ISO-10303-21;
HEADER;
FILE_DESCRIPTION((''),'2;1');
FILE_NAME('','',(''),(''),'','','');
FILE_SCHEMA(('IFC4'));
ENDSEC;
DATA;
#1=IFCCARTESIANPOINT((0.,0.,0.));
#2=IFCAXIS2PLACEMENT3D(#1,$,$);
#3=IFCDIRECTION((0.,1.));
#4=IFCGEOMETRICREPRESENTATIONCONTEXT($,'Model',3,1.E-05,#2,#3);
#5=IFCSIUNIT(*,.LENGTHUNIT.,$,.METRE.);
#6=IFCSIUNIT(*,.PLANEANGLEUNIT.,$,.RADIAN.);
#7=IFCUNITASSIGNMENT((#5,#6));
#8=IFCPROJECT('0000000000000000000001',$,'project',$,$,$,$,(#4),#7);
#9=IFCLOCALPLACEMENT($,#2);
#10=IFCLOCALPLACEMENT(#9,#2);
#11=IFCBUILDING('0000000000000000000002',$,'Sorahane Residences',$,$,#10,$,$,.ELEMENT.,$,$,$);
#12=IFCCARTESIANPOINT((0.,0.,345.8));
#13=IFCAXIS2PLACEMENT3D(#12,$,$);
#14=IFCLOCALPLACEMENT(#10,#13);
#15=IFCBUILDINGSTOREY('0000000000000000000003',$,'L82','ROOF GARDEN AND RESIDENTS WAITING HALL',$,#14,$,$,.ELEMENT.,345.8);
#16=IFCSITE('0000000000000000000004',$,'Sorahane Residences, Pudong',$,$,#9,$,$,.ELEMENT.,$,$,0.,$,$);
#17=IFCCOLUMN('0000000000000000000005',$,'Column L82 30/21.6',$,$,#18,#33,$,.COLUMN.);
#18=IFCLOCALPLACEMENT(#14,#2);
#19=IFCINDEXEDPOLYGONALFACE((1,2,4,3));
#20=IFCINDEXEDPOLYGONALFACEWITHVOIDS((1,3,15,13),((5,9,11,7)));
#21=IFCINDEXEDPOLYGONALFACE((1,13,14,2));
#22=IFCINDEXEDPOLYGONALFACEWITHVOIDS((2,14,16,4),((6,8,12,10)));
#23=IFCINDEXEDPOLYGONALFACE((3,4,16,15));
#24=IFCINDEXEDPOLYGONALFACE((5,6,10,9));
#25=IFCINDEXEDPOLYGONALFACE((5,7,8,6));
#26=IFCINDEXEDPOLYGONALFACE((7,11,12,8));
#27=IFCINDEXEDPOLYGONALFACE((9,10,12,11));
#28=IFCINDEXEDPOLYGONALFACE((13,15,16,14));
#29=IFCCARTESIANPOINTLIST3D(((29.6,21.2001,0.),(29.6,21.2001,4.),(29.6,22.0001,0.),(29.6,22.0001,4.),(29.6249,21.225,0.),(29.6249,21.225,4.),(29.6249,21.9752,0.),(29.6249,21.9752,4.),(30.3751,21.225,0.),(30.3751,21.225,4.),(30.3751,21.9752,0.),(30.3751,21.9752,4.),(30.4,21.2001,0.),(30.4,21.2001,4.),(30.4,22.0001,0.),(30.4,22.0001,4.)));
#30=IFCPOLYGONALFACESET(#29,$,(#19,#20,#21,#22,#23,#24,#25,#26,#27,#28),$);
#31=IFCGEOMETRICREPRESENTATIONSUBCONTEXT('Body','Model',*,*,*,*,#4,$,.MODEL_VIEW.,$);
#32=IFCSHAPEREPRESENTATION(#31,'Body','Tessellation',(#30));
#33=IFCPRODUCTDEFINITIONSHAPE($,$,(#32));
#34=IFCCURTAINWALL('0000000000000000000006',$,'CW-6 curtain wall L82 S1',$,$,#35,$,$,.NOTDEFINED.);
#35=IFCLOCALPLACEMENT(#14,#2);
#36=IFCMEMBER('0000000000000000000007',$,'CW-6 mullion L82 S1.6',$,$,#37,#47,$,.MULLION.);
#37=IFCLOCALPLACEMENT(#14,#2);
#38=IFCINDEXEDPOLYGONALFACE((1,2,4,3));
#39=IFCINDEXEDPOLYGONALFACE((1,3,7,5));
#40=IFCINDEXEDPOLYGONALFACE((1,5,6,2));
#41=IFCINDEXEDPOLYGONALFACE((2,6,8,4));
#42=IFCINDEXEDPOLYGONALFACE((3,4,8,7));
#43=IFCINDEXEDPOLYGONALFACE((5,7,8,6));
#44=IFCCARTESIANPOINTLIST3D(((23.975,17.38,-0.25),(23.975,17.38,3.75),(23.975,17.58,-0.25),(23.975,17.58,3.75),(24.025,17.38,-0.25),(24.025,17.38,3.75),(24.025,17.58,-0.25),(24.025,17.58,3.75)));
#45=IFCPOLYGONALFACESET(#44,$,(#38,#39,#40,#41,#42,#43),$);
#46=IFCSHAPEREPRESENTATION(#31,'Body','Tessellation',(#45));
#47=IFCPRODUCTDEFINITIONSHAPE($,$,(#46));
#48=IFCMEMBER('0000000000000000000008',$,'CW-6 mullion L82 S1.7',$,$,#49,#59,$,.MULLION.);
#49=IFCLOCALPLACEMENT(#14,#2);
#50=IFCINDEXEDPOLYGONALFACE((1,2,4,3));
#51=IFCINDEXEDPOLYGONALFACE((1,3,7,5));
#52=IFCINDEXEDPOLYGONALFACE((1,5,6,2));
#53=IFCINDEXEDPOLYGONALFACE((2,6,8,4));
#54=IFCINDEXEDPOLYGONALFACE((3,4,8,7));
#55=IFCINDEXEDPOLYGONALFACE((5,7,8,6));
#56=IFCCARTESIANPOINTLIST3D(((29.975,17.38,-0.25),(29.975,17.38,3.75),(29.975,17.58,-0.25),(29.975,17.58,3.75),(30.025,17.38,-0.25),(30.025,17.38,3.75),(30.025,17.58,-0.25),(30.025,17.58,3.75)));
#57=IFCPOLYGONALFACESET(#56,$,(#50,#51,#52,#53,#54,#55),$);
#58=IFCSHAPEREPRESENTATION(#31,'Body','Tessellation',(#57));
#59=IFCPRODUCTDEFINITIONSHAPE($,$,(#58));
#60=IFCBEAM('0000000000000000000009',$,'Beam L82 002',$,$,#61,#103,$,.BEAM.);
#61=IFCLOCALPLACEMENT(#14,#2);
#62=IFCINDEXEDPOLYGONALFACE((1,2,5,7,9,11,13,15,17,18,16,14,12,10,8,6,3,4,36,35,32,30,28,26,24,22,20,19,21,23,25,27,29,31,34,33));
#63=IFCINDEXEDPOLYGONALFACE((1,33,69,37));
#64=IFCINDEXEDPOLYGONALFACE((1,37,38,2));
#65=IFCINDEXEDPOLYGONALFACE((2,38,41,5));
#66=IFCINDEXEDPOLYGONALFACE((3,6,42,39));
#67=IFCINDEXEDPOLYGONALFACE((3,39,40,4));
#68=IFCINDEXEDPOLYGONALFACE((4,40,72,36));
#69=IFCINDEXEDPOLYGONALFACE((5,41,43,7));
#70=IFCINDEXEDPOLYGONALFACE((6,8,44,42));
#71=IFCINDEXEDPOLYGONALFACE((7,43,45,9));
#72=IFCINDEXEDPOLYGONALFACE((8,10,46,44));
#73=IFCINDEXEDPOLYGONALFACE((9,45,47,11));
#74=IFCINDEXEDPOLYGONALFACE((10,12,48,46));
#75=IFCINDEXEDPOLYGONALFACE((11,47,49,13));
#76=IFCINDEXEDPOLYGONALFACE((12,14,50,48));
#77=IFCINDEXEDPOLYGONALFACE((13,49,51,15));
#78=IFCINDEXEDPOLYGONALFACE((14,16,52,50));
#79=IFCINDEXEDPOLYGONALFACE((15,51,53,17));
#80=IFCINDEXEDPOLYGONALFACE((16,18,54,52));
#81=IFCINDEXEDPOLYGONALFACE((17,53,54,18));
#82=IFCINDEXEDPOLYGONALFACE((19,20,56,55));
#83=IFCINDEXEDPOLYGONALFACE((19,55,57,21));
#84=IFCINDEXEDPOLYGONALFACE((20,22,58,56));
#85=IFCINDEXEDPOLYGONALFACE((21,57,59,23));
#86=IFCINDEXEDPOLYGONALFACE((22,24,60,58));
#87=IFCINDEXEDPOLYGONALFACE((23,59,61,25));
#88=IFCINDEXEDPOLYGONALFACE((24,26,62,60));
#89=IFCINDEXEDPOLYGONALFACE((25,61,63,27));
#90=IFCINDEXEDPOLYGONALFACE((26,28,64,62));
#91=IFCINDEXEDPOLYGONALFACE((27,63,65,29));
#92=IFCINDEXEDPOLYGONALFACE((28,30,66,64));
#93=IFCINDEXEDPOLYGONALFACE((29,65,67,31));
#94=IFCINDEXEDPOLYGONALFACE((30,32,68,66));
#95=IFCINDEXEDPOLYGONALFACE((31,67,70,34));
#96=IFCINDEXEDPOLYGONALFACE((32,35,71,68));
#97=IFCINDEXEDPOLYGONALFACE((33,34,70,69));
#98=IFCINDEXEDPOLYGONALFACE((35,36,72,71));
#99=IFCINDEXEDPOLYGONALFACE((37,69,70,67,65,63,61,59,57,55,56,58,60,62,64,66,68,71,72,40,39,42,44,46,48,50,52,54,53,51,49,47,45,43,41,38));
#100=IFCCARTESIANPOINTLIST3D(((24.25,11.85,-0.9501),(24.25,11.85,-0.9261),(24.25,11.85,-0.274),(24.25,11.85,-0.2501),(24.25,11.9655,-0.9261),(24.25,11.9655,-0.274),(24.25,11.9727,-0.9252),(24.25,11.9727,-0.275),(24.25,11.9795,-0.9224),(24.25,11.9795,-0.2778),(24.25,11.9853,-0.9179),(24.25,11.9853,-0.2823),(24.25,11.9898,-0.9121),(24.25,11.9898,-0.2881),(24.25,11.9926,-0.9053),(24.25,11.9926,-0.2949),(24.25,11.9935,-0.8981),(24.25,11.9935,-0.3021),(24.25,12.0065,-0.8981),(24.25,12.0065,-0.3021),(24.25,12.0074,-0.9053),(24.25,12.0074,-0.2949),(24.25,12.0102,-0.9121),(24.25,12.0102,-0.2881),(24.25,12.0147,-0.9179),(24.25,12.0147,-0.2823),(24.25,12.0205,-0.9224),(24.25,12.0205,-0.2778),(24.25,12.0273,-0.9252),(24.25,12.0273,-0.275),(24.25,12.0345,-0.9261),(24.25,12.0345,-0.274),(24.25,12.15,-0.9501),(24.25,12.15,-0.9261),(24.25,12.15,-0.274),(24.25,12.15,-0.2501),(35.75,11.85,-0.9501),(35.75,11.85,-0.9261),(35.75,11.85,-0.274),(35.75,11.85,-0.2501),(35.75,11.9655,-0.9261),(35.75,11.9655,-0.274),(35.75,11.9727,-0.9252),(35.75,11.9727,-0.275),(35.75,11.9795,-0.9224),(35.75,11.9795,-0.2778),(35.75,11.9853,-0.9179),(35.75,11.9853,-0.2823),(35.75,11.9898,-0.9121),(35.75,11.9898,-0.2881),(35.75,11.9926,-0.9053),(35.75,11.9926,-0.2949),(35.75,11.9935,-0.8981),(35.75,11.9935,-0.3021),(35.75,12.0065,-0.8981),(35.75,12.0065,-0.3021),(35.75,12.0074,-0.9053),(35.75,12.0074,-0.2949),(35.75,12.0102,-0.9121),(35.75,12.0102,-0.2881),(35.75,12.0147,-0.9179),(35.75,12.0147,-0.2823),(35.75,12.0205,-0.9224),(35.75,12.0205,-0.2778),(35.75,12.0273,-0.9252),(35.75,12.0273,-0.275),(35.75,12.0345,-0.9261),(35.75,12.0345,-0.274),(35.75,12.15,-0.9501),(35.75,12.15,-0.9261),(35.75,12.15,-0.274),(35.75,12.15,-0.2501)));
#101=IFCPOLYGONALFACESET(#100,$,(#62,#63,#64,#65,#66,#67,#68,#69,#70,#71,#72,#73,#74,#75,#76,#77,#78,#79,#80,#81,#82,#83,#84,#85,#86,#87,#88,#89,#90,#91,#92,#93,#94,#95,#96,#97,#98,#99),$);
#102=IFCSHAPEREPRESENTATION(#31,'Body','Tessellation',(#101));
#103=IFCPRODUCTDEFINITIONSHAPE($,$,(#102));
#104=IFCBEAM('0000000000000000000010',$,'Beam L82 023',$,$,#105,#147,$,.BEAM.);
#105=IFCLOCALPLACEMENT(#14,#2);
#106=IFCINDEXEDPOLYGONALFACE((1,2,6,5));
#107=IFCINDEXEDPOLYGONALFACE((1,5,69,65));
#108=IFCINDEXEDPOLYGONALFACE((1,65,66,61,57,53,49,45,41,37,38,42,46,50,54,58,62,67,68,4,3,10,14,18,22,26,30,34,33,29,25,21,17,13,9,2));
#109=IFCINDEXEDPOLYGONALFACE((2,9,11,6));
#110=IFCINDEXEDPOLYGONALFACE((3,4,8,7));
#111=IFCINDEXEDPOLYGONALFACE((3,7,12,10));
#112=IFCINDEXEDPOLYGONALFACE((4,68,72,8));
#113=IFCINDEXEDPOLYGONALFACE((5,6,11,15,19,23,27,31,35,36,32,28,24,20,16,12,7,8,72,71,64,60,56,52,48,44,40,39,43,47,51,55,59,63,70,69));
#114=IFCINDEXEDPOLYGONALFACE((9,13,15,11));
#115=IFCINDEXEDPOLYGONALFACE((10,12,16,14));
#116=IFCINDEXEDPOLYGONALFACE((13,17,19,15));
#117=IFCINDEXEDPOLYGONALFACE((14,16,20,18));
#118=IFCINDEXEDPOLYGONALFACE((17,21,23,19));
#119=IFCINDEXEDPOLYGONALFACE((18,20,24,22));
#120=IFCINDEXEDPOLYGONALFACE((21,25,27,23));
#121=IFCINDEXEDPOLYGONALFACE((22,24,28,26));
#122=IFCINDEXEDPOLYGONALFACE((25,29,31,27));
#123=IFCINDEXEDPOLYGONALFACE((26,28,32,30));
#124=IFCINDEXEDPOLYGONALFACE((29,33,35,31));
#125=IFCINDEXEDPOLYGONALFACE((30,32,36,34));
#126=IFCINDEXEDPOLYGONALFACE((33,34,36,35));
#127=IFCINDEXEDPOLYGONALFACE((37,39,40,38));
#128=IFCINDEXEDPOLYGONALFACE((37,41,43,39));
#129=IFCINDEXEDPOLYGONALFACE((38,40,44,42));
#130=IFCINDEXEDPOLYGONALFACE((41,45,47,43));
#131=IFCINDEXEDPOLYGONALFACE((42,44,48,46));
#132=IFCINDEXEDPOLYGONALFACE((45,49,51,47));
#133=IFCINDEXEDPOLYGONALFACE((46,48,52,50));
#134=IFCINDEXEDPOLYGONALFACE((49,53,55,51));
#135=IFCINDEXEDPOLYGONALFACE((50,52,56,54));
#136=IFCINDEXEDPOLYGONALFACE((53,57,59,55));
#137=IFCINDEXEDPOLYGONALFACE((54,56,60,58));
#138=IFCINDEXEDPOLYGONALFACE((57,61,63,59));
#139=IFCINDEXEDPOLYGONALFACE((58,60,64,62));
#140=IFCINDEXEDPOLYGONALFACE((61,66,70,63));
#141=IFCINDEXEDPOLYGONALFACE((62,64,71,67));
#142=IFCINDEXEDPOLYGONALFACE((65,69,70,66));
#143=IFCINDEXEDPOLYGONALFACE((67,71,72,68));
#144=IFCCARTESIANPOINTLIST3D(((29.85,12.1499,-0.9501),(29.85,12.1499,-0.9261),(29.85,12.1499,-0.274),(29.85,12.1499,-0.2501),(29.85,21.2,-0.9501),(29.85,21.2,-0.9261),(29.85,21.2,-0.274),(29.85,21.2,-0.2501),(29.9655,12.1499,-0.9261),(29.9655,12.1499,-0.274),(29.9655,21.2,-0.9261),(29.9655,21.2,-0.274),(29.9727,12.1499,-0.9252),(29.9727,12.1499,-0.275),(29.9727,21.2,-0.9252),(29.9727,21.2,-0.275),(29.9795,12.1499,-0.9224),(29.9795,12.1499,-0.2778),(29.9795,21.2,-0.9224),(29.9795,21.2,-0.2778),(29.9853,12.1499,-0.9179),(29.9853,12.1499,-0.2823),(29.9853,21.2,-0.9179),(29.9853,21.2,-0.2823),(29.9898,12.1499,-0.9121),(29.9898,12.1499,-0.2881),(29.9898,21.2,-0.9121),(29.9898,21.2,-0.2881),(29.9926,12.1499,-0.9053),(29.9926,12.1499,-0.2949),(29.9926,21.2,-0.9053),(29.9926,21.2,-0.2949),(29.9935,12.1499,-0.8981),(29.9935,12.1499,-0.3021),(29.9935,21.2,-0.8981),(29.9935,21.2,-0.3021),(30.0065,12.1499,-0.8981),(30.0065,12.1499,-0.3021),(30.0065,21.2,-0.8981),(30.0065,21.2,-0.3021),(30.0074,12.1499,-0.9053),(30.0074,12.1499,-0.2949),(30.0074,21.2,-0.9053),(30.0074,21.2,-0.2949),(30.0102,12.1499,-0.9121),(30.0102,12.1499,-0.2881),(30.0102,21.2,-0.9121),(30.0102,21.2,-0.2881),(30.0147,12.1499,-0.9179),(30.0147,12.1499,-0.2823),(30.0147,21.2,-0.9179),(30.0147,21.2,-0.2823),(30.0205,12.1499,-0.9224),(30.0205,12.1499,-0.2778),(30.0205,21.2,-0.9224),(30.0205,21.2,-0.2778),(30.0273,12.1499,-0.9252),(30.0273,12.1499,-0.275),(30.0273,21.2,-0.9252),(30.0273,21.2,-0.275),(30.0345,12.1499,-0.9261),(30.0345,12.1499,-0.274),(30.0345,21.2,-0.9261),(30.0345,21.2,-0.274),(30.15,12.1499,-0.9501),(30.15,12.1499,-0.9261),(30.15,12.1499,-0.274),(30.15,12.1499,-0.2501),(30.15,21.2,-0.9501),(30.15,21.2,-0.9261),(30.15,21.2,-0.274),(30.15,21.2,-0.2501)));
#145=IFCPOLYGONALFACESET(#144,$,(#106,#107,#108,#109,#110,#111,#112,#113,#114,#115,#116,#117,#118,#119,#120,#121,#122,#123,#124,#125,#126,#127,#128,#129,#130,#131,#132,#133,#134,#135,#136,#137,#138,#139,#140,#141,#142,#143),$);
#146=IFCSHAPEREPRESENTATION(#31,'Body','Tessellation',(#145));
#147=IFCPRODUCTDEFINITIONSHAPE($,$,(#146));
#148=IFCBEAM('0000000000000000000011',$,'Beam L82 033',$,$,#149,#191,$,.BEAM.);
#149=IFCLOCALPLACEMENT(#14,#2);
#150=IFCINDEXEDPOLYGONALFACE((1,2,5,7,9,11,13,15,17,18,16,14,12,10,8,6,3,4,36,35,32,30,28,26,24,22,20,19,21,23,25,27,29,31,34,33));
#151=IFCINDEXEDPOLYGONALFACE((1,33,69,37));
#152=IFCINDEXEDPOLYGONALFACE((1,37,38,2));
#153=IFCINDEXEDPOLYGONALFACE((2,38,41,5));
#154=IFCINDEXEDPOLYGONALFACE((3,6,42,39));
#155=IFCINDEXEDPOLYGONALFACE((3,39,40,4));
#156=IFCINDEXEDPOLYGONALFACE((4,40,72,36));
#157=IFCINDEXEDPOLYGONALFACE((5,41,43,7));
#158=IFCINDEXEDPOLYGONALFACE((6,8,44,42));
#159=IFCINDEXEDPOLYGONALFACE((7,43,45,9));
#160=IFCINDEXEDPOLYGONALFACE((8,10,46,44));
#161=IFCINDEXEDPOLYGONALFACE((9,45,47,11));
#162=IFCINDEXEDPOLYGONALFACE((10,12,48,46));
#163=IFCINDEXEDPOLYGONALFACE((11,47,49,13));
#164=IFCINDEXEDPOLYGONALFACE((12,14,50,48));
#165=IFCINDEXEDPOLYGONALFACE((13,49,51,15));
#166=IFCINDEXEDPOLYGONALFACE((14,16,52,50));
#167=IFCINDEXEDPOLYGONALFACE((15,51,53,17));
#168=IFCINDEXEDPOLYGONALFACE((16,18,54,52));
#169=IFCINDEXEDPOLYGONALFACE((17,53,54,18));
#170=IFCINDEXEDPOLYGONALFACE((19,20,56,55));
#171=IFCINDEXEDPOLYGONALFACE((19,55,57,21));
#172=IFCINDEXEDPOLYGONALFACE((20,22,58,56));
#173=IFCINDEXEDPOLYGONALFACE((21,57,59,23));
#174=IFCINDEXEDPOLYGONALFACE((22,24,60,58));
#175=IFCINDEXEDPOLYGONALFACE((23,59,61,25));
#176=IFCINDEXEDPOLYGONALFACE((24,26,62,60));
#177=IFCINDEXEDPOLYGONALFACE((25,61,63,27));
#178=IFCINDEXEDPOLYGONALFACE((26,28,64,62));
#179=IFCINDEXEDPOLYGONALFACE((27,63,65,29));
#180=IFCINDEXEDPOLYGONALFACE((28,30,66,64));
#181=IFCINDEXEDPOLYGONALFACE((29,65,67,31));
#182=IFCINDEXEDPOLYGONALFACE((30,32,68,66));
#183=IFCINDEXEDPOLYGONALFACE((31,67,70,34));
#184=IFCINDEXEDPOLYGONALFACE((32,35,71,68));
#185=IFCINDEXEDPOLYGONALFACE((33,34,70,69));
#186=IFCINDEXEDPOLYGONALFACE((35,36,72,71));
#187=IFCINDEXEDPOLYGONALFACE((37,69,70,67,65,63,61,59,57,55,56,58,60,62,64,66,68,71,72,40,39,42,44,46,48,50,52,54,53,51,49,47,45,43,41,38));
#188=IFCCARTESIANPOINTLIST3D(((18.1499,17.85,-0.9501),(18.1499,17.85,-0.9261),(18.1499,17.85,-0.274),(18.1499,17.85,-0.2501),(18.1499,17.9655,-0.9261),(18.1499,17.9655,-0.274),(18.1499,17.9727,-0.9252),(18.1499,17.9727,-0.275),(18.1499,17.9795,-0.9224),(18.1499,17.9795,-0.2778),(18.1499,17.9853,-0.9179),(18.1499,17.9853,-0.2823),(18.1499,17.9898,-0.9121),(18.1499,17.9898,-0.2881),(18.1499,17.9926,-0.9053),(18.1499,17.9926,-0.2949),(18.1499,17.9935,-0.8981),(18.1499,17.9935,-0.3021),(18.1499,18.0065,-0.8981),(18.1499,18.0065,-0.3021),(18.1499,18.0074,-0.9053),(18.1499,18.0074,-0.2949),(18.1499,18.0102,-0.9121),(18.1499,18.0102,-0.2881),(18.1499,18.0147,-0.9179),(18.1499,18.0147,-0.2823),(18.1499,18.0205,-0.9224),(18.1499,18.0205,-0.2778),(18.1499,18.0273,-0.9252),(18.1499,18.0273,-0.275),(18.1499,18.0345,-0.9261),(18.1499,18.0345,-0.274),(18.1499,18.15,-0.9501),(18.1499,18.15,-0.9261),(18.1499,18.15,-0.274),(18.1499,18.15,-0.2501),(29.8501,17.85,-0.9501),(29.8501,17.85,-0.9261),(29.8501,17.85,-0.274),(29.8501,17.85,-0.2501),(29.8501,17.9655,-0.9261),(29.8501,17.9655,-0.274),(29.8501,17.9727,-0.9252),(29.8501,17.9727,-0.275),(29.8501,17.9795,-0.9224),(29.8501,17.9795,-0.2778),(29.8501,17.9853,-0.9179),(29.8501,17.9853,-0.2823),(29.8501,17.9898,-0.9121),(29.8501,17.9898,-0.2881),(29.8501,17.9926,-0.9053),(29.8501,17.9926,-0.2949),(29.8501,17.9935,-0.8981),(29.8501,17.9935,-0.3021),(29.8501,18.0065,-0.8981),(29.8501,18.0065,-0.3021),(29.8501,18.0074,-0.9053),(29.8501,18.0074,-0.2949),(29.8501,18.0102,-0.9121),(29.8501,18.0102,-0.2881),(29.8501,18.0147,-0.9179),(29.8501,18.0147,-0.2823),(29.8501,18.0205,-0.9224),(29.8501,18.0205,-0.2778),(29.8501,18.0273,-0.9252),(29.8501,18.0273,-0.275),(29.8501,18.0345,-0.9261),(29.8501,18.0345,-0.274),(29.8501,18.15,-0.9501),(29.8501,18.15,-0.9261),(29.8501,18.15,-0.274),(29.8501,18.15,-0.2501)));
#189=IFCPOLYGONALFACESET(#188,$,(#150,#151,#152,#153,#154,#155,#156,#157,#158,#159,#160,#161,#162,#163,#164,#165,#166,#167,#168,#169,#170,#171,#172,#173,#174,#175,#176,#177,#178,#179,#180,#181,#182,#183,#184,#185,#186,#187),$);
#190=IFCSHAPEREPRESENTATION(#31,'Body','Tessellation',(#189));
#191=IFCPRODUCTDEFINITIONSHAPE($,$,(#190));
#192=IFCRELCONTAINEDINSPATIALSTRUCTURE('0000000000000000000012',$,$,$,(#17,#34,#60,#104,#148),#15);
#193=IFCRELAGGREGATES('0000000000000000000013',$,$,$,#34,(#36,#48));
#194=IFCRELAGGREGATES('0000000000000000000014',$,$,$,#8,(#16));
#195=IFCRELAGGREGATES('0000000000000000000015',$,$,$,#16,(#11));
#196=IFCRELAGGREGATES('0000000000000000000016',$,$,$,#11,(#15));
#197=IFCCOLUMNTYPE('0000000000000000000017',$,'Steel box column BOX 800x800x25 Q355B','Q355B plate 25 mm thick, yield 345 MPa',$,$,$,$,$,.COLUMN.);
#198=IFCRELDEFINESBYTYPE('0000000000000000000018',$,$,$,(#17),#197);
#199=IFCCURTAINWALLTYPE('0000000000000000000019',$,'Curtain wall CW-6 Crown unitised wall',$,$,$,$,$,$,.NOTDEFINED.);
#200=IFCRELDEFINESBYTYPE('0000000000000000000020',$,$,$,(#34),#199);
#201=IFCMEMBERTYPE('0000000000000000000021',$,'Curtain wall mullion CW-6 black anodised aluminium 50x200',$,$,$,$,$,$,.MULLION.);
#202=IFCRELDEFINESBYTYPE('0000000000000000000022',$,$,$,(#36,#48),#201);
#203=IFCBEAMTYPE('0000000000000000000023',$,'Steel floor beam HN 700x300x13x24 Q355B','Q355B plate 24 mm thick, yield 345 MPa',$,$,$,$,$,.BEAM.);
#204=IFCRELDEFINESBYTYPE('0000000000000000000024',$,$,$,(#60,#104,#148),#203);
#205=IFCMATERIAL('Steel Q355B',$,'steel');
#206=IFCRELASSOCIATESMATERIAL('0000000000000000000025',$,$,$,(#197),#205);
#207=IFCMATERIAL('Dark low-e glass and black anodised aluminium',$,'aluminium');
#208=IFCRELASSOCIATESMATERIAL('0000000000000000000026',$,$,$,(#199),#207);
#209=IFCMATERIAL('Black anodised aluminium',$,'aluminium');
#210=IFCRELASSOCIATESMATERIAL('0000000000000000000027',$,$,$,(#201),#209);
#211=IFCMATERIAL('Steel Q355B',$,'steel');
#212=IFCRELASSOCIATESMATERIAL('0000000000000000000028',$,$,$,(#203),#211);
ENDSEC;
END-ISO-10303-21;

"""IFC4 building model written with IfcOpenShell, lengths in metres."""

from ifc_helpers import new_model, si_unit, direction, frame, origin, origin_2d, place, context, subcontext, project, spatial, rectangle, hollow_rectangle, i_section, extrude, material, material_profile, profile_set, type_object, element, aggregate, save


model = new_model("IFC4")

# Units and contexts
model_context = context("Model", 3, precision=1e-05, world=origin(), true_north=direction((0.0, 1.0)))
body_context = subcontext(model_context, "Body", "Model", "MODEL_VIEW")
ifc_project = project(units=[si_unit("LENGTHUNIT", "METRE"), si_unit("PLANEANGLEUNIT", "RADIAN")], contexts=[model_context])

# Site, building, storey
site_placement = place(None, origin())
site = spatial("IfcSite", under=ifc_project, at=site_placement, Name="Sorahane Residences, Pudong", CompositionType="ELEMENT", RefElevation=0.0)
building_placement = place(site_placement, origin())
building = spatial("IfcBuilding", under=site, at=building_placement, Name="Sorahane Residences", CompositionType="ELEMENT")
storey_placement = place(building_placement, frame((0.0, 0.0, 345.8)))
storey = spatial("IfcBuildingStorey", under=building, at=storey_placement, Name="L82", Description="ROOF GARDEN AND RESIDENTS WAITING HALL", CompositionType="ELEMENT", Elevation=345.8)

# Column
ifc_material_1 = material(Name="Steel Q355B", Category="steel")
ifc_material_profile_1 = material_profile(ifc_material_1, hollow_rectangle(XDim=0.8, YDim=0.8, WallThickness=0.0249, at=origin_2d()), Name="BOX 800x800x25")
ifc_profile_set_1 = profile_set([ifc_material_profile_1], Name="Steel Q355B")
column_type = type_object("IfcColumnType", Name="Steel box column BOX 800x800x25 Q355B", Description="Q355B plate 25 mm thick, yield 345 MPa", PredefinedType="COLUMN", material=ifc_profile_set_1)
column_placement = place(storey_placement, frame((30.0, 21.6001, 0.0), z_axis=(0.0, 0.0, 1.0), x_axis=(1.0, 0.0, 0.0)))
element("IfcColumn", 1, at=column_placement, inside=storey, type_object=column_type, Name="Column L82 30/21.6", PredefinedType="COLUMN", context=body_context, shape_type="SweptSolid", body=[
    extrude(hollow_rectangle(XDim=0.8, YDim=0.8, WallThickness=0.0249, at=origin_2d()), origin(), (0.0, 0.0, 1.0), 4.0),
])

# Curtain wall, members
ifc_material_2 = material(Name="Dark low-e glass and black anodised aluminium", Category="aluminium")
curtain_wall_type = type_object("IfcCurtainWallType", Name="Curtain wall CW-6 Crown unitised wall", PredefinedType="NOTDEFINED", material=ifc_material_2)
curtain_wall_placement = place(storey_placement, origin())
curtain_wall = element("IfcCurtainWall", 2, at=curtain_wall_placement, inside=storey, type_object=curtain_wall_type, Name="CW-6 curtain wall L82 S1", PredefinedType="NOTDEFINED")
ifc_material_3 = material(Name="Black anodised aluminium", Category="aluminium")
ifc_material_profile_2 = material_profile(ifc_material_3, rectangle(XDim=0.2, YDim=0.05, at=origin_2d()), Name="Curtain wall mullion CW-6 black anodised aluminium 50x200")
ifc_profile_set_2 = profile_set([ifc_material_profile_2], Name="Black anodised aluminium")
member_type = type_object("IfcMemberType", Name="Curtain wall mullion CW-6 black anodised aluminium 50x200", PredefinedType="MULLION", material=ifc_profile_set_2)
member_1_placement = place(storey_placement, frame((24.0, 17.48, -0.25), z_axis=(0.0, 0.0, 1.0), x_axis=(0.0, -1.0, 0.0)))
member_1 = element("IfcMember", 3, at=member_1_placement, type_object=member_type, Name="CW-6 mullion L82 S1.6", PredefinedType="MULLION", context=body_context, shape_type="SweptSolid", body=[
    extrude(rectangle(XDim=0.2, YDim=0.05, at=origin_2d()), origin(), (0.0, 0.0, 1.0), 4.0),
])
member_2_placement = place(storey_placement, frame((30.0, 17.48, -0.25), z_axis=(0.0, 0.0, 1.0), x_axis=(0.0, -1.0, 0.0)))
member_2 = element("IfcMember", 4, at=member_2_placement, type_object=member_type, Name="CW-6 mullion L82 S1.7", PredefinedType="MULLION", context=body_context, shape_type="SweptSolid", body=[
    extrude(rectangle(XDim=0.2, YDim=0.05, at=origin_2d()), origin(), (0.0, 0.0, 1.0), 4.0),
])

# Beams
ifc_material_4 = material(Name="Steel Q355B", Category="steel")
ifc_material_profile_3 = material_profile(ifc_material_4, i_section(OverallWidth=0.3, OverallDepth=0.7, WebThickness=0.0129, FlangeThickness=0.0239, FilletRadius=0.0281, at=origin_2d()), Name="HN 700x300x13x24")
ifc_profile_set_3 = profile_set([ifc_material_profile_3], Name="Steel Q355B")
beam_type = type_object("IfcBeamType", Name="Steel floor beam HN 700x300x13x24 Q355B", Description="Q355B plate 24 mm thick, yield 345 MPa", PredefinedType="BEAM", material=ifc_profile_set_3)
beam_1_placement = place(storey_placement, frame((24.25, 12.0, -0.6001), z_axis=(1.0, 0.0, 0.0), x_axis=(0.0, 1.0, 0.0)))
element("IfcBeam", 5, at=beam_1_placement, inside=storey, type_object=beam_type, Name="Beam L82 002", PredefinedType="BEAM", context=body_context, shape_type="SweptSolid", body=[
    extrude(i_section(OverallWidth=0.3, OverallDepth=0.7, WebThickness=0.0129, FlangeThickness=0.0239, FilletRadius=0.0281, at=origin_2d()), origin(), (0.0, 0.0, 1.0), 11.5),
])
beam_2_placement = place(storey_placement, frame((30.0, 12.1499, -0.6001), z_axis=(0.0, 1.0, 0.0), x_axis=(-1.0, 0.0, 0.0)))
element("IfcBeam", 6, at=beam_2_placement, inside=storey, type_object=beam_type, Name="Beam L82 023", PredefinedType="BEAM", context=body_context, shape_type="SweptSolid", body=[
    extrude(i_section(OverallWidth=0.3, OverallDepth=0.7, WebThickness=0.0129, FlangeThickness=0.0239, FilletRadius=0.0281, at=origin_2d()), origin(), (0.0, 0.0, 1.0), 9.05),
])
beam_3_placement = place(storey_placement, frame((18.1499, 18.0, -0.6001), z_axis=(1.0, 0.0, 0.0), x_axis=(0.0, 1.0, 0.0)))
element("IfcBeam", 7, at=beam_3_placement, inside=storey, type_object=beam_type, Name="Beam L82 033", PredefinedType="BEAM", context=body_context, shape_type="SweptSolid", body=[
    extrude(i_section(OverallWidth=0.3, OverallDepth=0.7, WebThickness=0.0129, FlangeThickness=0.0239, FilletRadius=0.0281, at=origin_2d()), origin(), (0.0, 0.0, 1.0), 11.7002),
])

aggregate(curtain_wall, [member_1, member_2])

save(model, "model.ifc")
